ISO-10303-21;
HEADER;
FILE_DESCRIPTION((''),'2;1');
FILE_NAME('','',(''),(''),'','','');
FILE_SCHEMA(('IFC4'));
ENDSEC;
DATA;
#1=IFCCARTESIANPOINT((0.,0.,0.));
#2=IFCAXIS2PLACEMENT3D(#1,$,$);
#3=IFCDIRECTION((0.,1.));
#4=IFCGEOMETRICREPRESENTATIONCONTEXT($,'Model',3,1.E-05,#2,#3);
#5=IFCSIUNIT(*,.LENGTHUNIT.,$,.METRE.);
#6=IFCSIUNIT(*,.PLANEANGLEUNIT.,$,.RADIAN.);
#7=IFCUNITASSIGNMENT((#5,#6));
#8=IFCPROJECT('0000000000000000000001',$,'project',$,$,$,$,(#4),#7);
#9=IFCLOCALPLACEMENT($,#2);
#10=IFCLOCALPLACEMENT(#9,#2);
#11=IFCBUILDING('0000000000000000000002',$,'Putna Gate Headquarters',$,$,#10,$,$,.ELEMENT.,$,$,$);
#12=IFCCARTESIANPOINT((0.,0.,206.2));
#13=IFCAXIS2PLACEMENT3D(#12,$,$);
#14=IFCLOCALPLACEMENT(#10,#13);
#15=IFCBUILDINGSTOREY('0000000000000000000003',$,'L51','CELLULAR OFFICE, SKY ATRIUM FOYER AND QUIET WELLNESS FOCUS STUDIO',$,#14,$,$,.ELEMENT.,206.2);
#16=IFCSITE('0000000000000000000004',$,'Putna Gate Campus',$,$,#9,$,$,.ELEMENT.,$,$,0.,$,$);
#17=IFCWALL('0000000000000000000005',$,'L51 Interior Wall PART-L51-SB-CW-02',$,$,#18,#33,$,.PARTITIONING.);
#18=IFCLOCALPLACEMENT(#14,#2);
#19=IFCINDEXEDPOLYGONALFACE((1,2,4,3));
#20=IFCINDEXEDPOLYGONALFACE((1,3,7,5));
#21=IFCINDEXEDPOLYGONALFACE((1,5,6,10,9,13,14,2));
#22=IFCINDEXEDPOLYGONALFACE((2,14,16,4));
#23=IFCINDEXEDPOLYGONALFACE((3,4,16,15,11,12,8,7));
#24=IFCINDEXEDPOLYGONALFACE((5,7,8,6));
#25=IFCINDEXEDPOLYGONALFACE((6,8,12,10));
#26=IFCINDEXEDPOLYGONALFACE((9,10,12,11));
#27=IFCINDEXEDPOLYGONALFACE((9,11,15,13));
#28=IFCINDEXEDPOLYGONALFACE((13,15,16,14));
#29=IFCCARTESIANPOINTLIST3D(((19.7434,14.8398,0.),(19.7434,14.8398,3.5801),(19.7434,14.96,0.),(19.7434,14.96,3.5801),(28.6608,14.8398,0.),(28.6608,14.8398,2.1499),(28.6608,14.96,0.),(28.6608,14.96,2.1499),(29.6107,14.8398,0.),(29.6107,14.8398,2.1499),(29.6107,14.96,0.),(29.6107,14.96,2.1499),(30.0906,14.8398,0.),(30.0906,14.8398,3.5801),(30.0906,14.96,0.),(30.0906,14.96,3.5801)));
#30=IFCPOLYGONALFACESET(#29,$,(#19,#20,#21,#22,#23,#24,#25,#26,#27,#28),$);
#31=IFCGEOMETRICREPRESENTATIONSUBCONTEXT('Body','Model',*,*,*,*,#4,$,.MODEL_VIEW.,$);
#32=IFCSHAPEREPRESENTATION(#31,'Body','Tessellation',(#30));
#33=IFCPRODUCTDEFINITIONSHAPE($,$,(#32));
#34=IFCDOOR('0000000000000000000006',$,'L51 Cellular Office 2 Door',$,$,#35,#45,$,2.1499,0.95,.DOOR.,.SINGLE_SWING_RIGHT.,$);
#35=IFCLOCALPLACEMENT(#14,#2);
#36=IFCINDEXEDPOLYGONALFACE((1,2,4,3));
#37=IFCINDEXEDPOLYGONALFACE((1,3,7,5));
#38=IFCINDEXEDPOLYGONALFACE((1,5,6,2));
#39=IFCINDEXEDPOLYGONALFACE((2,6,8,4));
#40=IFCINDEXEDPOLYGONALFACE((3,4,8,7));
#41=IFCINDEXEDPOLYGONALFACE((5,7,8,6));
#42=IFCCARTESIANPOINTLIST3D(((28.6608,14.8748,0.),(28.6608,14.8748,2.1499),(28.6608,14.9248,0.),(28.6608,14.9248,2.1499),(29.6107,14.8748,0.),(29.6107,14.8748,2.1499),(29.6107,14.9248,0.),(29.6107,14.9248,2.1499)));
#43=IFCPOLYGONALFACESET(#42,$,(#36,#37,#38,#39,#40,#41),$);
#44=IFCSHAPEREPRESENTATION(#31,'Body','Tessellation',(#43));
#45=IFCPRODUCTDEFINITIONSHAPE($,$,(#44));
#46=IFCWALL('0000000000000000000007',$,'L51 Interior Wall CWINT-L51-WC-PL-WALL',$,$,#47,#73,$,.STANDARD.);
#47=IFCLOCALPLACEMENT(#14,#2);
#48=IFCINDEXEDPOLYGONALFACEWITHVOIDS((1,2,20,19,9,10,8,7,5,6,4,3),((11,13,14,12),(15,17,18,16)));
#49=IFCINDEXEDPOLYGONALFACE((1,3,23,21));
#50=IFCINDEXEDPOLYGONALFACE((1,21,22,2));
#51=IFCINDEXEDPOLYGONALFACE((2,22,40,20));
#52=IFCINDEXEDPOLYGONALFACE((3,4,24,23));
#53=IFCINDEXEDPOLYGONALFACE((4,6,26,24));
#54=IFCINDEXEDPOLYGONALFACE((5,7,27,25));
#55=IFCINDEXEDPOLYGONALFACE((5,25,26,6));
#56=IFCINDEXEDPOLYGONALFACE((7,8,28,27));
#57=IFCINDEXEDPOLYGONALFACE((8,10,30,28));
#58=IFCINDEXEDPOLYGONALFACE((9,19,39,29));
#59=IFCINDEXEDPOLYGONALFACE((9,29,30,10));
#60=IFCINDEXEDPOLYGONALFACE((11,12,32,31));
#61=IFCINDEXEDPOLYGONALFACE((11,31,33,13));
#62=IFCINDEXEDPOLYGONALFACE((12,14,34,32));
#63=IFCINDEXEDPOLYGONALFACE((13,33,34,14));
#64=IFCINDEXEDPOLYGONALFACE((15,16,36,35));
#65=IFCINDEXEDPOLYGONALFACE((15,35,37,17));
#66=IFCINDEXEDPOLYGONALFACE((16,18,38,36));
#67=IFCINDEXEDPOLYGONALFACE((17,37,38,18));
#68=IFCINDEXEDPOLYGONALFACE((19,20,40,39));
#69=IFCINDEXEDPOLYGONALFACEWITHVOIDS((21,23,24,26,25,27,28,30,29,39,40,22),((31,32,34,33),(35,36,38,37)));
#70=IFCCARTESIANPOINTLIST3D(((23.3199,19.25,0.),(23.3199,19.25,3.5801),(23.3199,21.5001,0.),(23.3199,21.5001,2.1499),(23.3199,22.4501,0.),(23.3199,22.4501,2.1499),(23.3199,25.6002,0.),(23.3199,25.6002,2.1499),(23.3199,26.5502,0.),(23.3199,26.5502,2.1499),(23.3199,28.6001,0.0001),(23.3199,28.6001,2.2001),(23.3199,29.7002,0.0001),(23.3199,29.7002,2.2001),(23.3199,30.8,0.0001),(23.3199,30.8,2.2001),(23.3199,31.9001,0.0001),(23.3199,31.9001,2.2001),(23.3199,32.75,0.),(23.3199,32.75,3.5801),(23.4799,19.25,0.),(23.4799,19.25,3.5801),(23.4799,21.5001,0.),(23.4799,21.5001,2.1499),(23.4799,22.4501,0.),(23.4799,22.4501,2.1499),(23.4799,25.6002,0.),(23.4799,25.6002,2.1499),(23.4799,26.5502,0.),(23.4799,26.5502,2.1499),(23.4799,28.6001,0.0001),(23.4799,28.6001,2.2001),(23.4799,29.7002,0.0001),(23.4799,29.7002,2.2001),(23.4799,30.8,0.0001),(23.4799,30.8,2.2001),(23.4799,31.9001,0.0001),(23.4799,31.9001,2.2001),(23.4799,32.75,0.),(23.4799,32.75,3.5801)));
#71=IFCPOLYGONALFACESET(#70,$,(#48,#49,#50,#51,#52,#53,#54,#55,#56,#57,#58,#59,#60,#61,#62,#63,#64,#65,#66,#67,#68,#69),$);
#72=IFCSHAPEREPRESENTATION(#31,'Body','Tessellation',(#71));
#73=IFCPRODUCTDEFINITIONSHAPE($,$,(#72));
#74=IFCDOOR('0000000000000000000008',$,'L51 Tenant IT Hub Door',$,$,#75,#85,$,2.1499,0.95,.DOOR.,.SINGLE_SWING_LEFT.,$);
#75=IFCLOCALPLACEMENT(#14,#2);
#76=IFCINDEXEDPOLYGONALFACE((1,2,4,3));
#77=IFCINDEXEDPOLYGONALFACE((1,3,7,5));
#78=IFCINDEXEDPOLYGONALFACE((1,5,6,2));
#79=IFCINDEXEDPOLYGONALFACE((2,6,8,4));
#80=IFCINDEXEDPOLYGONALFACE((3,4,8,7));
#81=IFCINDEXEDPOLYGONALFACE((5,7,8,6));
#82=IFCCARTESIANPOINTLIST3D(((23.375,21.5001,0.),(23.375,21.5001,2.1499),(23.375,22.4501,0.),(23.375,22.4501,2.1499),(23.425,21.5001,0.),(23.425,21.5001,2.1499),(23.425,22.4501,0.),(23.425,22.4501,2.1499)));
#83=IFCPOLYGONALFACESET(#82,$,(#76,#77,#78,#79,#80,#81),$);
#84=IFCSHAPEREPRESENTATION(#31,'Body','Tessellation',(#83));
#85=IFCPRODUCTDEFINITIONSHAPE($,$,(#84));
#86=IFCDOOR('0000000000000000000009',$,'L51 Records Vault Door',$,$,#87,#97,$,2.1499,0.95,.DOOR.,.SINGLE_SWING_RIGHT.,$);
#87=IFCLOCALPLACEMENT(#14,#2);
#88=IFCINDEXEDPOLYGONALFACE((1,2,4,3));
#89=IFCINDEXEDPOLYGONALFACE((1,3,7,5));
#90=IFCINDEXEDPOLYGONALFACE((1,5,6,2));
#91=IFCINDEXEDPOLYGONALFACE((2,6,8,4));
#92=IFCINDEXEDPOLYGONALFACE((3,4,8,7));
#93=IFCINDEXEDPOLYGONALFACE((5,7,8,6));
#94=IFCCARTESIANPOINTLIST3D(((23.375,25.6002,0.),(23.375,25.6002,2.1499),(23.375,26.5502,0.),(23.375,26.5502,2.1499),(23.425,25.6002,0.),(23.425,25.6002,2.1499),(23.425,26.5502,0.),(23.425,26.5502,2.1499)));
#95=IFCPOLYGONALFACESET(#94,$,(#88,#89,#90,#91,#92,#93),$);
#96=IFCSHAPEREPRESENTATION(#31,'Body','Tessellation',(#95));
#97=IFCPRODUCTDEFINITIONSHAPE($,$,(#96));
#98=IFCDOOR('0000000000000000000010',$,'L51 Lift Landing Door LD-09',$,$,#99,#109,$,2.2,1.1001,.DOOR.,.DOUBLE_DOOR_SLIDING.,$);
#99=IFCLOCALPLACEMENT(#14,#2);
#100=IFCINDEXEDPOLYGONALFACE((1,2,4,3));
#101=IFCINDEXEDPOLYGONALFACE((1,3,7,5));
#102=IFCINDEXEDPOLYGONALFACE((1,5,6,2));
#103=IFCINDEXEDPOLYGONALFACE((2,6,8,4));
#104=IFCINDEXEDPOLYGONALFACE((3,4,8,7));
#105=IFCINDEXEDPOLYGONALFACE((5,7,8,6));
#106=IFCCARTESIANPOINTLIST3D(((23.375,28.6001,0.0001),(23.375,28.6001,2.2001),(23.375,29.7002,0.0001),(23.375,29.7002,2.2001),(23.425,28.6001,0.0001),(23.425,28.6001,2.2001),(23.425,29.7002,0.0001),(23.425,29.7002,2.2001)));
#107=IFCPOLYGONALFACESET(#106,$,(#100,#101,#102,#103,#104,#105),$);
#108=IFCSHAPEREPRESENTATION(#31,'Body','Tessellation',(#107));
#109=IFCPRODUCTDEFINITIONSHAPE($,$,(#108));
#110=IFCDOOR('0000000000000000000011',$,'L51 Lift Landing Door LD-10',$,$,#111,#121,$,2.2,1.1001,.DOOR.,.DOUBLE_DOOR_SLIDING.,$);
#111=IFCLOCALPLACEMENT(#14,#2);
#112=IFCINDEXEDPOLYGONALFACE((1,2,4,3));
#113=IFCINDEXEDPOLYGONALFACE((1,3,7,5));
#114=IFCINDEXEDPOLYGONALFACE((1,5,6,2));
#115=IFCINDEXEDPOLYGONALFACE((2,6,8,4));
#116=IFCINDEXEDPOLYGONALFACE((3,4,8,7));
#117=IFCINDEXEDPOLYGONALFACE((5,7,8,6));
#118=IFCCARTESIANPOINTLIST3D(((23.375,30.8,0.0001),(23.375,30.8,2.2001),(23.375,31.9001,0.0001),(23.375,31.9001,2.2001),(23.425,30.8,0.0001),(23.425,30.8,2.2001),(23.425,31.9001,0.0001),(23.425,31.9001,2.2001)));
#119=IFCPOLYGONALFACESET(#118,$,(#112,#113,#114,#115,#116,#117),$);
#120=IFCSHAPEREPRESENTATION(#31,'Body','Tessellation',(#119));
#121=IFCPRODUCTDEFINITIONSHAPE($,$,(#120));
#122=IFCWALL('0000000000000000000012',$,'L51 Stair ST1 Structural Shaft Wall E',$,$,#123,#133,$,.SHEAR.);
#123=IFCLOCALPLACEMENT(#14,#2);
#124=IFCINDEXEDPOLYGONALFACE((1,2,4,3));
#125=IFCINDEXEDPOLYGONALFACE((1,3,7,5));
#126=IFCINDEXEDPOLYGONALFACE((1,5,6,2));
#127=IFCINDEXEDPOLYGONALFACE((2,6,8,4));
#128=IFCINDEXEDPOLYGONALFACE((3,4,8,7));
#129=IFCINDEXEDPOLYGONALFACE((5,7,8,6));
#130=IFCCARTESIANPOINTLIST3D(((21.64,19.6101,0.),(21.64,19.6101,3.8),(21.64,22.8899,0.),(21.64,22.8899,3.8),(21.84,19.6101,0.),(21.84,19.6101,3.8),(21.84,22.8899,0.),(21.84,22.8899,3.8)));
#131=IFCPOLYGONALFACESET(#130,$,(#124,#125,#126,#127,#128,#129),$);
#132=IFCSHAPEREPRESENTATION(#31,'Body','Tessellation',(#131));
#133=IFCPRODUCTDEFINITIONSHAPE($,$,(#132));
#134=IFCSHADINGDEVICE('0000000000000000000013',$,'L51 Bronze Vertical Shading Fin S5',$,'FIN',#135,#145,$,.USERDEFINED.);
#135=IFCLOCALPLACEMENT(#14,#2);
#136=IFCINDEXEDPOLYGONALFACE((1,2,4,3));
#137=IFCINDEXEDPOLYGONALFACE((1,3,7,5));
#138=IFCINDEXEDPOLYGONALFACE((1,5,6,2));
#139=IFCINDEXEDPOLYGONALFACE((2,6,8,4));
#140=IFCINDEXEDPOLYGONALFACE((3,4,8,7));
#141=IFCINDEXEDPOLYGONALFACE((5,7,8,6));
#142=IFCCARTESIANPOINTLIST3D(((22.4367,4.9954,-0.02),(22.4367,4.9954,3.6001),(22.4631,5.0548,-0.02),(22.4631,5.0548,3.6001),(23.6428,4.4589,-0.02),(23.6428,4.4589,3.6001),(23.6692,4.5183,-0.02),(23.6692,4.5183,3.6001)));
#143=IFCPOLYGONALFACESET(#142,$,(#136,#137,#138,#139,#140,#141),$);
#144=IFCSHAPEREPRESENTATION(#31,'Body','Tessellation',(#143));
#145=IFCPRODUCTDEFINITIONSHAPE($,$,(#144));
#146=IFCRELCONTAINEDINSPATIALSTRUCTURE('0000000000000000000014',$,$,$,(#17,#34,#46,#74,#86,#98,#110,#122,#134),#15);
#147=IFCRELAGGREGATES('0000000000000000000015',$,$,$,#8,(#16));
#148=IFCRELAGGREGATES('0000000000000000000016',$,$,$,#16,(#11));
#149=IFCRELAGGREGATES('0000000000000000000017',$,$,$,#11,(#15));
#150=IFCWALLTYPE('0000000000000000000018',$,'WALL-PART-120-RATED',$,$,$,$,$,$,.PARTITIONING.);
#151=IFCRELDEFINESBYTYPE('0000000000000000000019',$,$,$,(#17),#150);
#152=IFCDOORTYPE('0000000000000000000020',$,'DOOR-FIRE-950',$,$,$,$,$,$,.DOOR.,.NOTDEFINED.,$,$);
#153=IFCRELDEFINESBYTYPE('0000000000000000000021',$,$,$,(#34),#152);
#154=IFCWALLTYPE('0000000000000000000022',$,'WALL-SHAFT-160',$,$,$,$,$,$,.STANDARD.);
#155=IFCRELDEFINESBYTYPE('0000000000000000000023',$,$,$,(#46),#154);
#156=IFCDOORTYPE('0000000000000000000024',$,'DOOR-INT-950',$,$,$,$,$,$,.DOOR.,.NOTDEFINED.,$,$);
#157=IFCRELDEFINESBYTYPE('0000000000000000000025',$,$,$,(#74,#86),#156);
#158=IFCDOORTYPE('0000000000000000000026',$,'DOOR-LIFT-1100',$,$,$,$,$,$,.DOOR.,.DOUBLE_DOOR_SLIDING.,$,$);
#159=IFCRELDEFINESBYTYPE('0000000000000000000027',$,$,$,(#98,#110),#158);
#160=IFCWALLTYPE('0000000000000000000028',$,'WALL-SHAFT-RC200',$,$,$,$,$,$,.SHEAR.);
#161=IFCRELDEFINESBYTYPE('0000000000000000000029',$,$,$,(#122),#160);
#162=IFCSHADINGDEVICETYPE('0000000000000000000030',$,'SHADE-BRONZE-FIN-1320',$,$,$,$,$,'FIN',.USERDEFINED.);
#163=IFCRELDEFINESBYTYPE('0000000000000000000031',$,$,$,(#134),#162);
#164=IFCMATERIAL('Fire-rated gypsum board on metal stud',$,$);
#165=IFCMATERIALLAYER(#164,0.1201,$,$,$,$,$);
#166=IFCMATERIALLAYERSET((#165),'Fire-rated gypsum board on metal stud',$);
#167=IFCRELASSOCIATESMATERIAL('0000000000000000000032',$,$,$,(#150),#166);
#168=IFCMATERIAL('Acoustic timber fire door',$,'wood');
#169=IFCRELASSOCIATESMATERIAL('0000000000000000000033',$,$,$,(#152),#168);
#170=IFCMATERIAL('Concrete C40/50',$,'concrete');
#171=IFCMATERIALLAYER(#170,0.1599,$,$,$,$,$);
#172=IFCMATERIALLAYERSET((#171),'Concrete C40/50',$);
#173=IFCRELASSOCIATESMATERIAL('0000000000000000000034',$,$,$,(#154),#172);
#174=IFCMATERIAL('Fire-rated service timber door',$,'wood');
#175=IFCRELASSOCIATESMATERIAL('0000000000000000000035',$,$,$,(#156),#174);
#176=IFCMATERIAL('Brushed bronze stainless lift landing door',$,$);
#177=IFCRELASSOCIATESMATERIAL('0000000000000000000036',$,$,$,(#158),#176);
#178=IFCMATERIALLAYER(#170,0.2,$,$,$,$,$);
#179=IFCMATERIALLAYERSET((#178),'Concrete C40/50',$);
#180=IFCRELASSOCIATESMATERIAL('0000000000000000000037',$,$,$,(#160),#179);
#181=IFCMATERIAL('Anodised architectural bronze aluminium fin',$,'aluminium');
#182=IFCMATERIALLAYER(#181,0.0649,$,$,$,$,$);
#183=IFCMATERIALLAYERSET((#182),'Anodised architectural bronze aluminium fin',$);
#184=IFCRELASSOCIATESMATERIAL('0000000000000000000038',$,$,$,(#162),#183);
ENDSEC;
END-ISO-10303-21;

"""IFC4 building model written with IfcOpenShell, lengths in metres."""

from ifc_helpers import new_model, si_unit, direction, frame, frame_2d, origin, origin_2d, place, context, subcontext, project, spatial, rectangle, extrude, material, layer, layer_set, type_object, element, fill, save


model = new_model("IFC4")

# Units and contexts
model_context = context("Model", 3, precision=1e-05, world=origin(), true_north=direction((0.0, 1.0)))
body_context = subcontext(model_context, "Body", "Model", "MODEL_VIEW")
ifc_project = project(units=[si_unit("LENGTHUNIT", "METRE"), si_unit("PLANEANGLEUNIT", "RADIAN")], contexts=[model_context])

# Site, building, storey
site_placement = place(None, origin())
site = spatial("IfcSite", under=ifc_project, at=site_placement, Name="Putna Gate Campus", CompositionType="ELEMENT", RefElevation=0.0)
building_placement = place(site_placement, origin())
building = spatial("IfcBuilding", under=site, at=building_placement, Name="Putna Gate Headquarters", CompositionType="ELEMENT")
storey_placement = place(building_placement, frame((0.0, 0.0, 206.2)))
storey = spatial("IfcBuildingStorey", under=building, at=storey_placement, Name="L51", Description="CELLULAR OFFICE, SKY ATRIUM FOYER AND QUIET WELLNESS FOCUS STUDIO", CompositionType="ELEMENT", Elevation=206.2)

# Wall, opening, door
ifc_material_1 = material(Name="Fire-rated gypsum board on metal stud")
ifc_layer_1 = layer(ifc_material_1, 0.1201)
ifc_layer_set_1 = layer_set([ifc_layer_1], Name="Fire-rated gypsum board on metal stud")
wall_type_1 = type_object("IfcWallType", Name="WALL-PART-120-RATED", PredefinedType="PARTITIONING", material=ifc_layer_set_1)
wall_1_placement = place(storey_placement, frame((19.7434, 14.8999, 0.0), z_axis=(0.0, 0.0, 1.0), x_axis=(1.0, 0.0, 0.0)))
wall_1 = element("IfcWall", 1, at=wall_1_placement, inside=storey, type_object=wall_type_1, Name="L51 Interior Wall PART-L51-SB-CW-02", PredefinedType="PARTITIONING", context=body_context, shape_type="SweptSolid", body=[
    extrude(rectangle(XDim=10.3472, YDim=0.1201, at=frame_2d((5.1736, 0.0))), origin(), (0.0, 0.0, 1.0), 3.5801),
])
opening_1_placement = place(wall_1_placement, frame((8.9172, 0.0, 0.0)))
opening_1 = element("IfcOpeningElement", 2, at=opening_1_placement, cuts=wall_1, PredefinedType="OPENING", context=body_context, shape_type="SweptSolid", body=[
    extrude(rectangle(XDim=0.95, YDim=2.1499, at=frame_2d((0.4751, 1.075))), frame((0.0, 0.0701, 0.0), z_axis=(0.0, -1.0, 0.0), x_axis=(1.0, 0.0, 0.0)), (0.0, 0.0, 1.0), 0.1401),
])
ifc_material_2 = material(Name="Acoustic timber fire door", Category="wood")
door_type_1 = type_object("IfcDoorType", Name="DOOR-FIRE-950", OperationType="NOTDEFINED", PredefinedType="DOOR", material=ifc_material_2)
door_1_placement = place(opening_1_placement, origin())
door_1 = element("IfcDoor", 3, at=door_1_placement, inside=storey, type_object=door_type_1, Name="L51 Cellular Office 2 Door", OperationType="SINGLE_SWING_RIGHT", OverallHeight=2.1499, OverallWidth=0.95, PredefinedType="DOOR", context=body_context, shape_type="SweptSolid", body=[
    extrude(rectangle(XDim=0.95, YDim=2.1499, at=frame_2d((0.4751, 1.075))), frame((0.0, 0.0249, 0.0), z_axis=(0.0, -1.0, 0.0), x_axis=(1.0, 0.0, 0.0)), (0.0, 0.0, 1.0), 0.05),
])
fill(opening_1, door_1)

# Wall, openings, doors
ifc_material_3 = material(Name="Concrete C40/50", Category="concrete")
ifc_layer_2 = layer(ifc_material_3, 0.1599)
ifc_layer_set_2 = layer_set([ifc_layer_2], Name="Concrete C40/50")
wall_type_2 = type_object("IfcWallType", Name="WALL-SHAFT-160", PredefinedType="STANDARD", material=ifc_layer_set_2)
wall_2_placement = place(storey_placement, frame((23.3999, 19.25, 0.0), z_axis=(0.0, 0.0, 1.0), x_axis=(0.0, 1.0, 0.0)))
wall_2 = element("IfcWall", 4, at=wall_2_placement, inside=storey, type_object=wall_type_2, Name="L51 Interior Wall CWINT-L51-WC-PL-WALL", PredefinedType="STANDARD", context=body_context, shape_type="SweptSolid", body=[
    extrude(rectangle(XDim=13.5, YDim=0.1599, at=frame_2d((6.75, 0.0))), origin(), (0.0, 0.0, 1.0), 3.5801),
])
opening_2_placement = place(wall_2_placement, frame((2.25, 0.0, 0.0)))
opening_2 = element("IfcOpeningElement", 5, at=opening_2_placement, cuts=wall_2, PredefinedType="OPENING", context=body_context, shape_type="SweptSolid", body=[
    extrude(rectangle(XDim=0.95, YDim=2.1499, at=frame_2d((0.4751, 1.075))), frame((0.0, 0.0898, 0.0), z_axis=(0.0, -1.0, 0.0), x_axis=(1.0, 0.0, 0.0)), (0.0, 0.0, 1.0), 0.1799),
])
opening_3_placement = place(wall_2_placement, frame((6.3501, 0.0, 0.0)))
opening_3 = element("IfcOpeningElement", 6, at=opening_3_placement, cuts=wall_2, PredefinedType="OPENING", context=body_context, shape_type="SweptSolid", body=[
    extrude(rectangle(XDim=0.95, YDim=2.1499, at=frame_2d((0.4751, 1.075))), frame((0.0, 0.0898, 0.0), z_axis=(0.0, -1.0, 0.0), x_axis=(1.0, 0.0, 0.0)), (0.0, 0.0, 1.0), 0.1799),
])
opening_4_placement = place(wall_2_placement, frame((9.3501, 0.0, 0.0)))
opening_4 = element("IfcOpeningElement", 7, at=opening_4_placement, cuts=wall_2, PredefinedType="OPENING", context=body_context, shape_type="SweptSolid", body=[
    extrude(rectangle(XDim=1.1001, YDim=2.2, at=frame_2d((0.55, 1.1001))), frame((0.0, 0.0898, 0.0), z_axis=(0.0, -1.0, 0.0), x_axis=(1.0, 0.0, 0.0)), (0.0, 0.0, 1.0), 0.1799),
])
opening_5_placement = place(wall_2_placement, frame((11.55, 0.0, 0.0)))
opening_5 = element("IfcOpeningElement", 8, at=opening_5_placement, cuts=wall_2, PredefinedType="OPENING", context=body_context, shape_type="SweptSolid", body=[
    extrude(rectangle(XDim=1.1001, YDim=2.2, at=frame_2d((0.55, 1.1001))), frame((0.0, 0.0898, 0.0), z_axis=(0.0, -1.0, 0.0), x_axis=(1.0, 0.0, 0.0)), (0.0, 0.0, 1.0), 0.1799),
])
ifc_material_4 = material(Name="Fire-rated service timber door", Category="wood")
door_type_2 = type_object("IfcDoorType", Name="DOOR-INT-950", OperationType="NOTDEFINED", PredefinedType="DOOR", material=ifc_material_4)
door_2_placement = place(opening_2_placement, origin())
door_2 = element("IfcDoor", 9, at=door_2_placement, inside=storey, type_object=door_type_2, Name="L51 Tenant IT Hub Door", OperationType="SINGLE_SWING_LEFT", OverallHeight=2.1499, OverallWidth=0.95, PredefinedType="DOOR", context=body_context, shape_type="SweptSolid", body=[
    extrude(rectangle(XDim=0.95, YDim=2.1499, at=frame_2d((0.4751, 1.075))), frame((0.0, 0.0249, 0.0), z_axis=(0.0, -1.0, 0.0), x_axis=(1.0, 0.0, 0.0)), (0.0, 0.0, 1.0), 0.05),
])
fill(opening_2, door_2)
door_3_placement = place(opening_3_placement, origin())
door_3 = element("IfcDoor", 10, at=door_3_placement, inside=storey, type_object=door_type_2, Name="L51 Records Vault Door", OperationType="SINGLE_SWING_RIGHT", OverallHeight=2.1499, OverallWidth=0.95, PredefinedType="DOOR", context=body_context, shape_type="SweptSolid", body=[
    extrude(rectangle(XDim=0.95, YDim=2.1499, at=frame_2d((0.4751, 1.075))), frame((0.0, 0.0249, 0.0), z_axis=(0.0, -1.0, 0.0), x_axis=(1.0, 0.0, 0.0)), (0.0, 0.0, 1.0), 0.05),
])
fill(opening_3, door_3)
ifc_material_5 = material(Name="Brushed bronze stainless lift landing door")
door_type_3 = type_object("IfcDoorType", Name="DOOR-LIFT-1100", OperationType="DOUBLE_DOOR_SLIDING", PredefinedType="DOOR", material=ifc_material_5)
door_4_placement = place(opening_4_placement, origin())
door_4 = element("IfcDoor", 11, at=door_4_placement, inside=storey, type_object=door_type_3, Name="L51 Lift Landing Door LD-09", OperationType="DOUBLE_DOOR_SLIDING", OverallHeight=2.2, OverallWidth=1.1001, PredefinedType="DOOR", context=body_context, shape_type="SweptSolid", body=[
    extrude(rectangle(XDim=1.1001, YDim=2.2, at=frame_2d((0.55, 1.1001))), frame((0.0, 0.0249, 0.0), z_axis=(0.0, -1.0, 0.0), x_axis=(1.0, 0.0, 0.0)), (0.0, 0.0, 1.0), 0.05),
])
fill(opening_4, door_4)
door_5_placement = place(opening_5_placement, origin())
door_5 = element("IfcDoor", 12, at=door_5_placement, inside=storey, type_object=door_type_3, Name="L51 Lift Landing Door LD-10", OperationType="DOUBLE_DOOR_SLIDING", OverallHeight=2.2, OverallWidth=1.1001, PredefinedType="DOOR", context=body_context, shape_type="SweptSolid", body=[
    extrude(rectangle(XDim=1.1001, YDim=2.2, at=frame_2d((0.55, 1.1001))), frame((0.0, 0.0249, 0.0), z_axis=(0.0, -1.0, 0.0), x_axis=(1.0, 0.0, 0.0)), (0.0, 0.0, 1.0), 0.05),
])
fill(opening_5, door_5)

# Wall
ifc_layer_3 = layer(ifc_material_3, 0.2)
ifc_layer_set_3 = layer_set([ifc_layer_3], Name="Concrete C40/50")
wall_type_3 = type_object("IfcWallType", Name="WALL-SHAFT-RC200", PredefinedType="SHEAR", material=ifc_layer_set_3)
wall_3_placement = place(storey_placement, frame((21.74, 19.6101, 0.0), z_axis=(0.0, 0.0, 1.0), x_axis=(0.0, 1.0, 0.0)))
element("IfcWall", 13, at=wall_3_placement, inside=storey, type_object=wall_type_3, Name="L51 Stair ST1 Structural Shaft Wall E", PredefinedType="SHEAR", context=body_context, shape_type="SweptSolid", body=[
    extrude(rectangle(XDim=3.2798, YDim=0.2, at=frame_2d((1.6399, 0.0))), origin(), (0.0, 0.0, 1.0), 3.8),
])

# Shading device
ifc_material_6 = material(Name="Anodised architectural bronze aluminium fin", Category="aluminium")
ifc_layer_4 = layer(ifc_material_6, 0.0649)
ifc_layer_set_4 = layer_set([ifc_layer_4], Name="Anodised architectural bronze aluminium fin")
shading_device_type = type_object("IfcShadingDeviceType", Name="SHADE-BRONZE-FIN-1320", ElementType="FIN", PredefinedType="USERDEFINED", material=ifc_layer_set_4)
shading_device_placement = place(storey_placement, frame((23.053, 4.7568, -0.02), z_axis=(0.0, 0.0, 1.0), x_axis=(0.913687, -0.406418, 0.0)))
element("IfcShadingDevice", 14, at=shading_device_placement, inside=storey, type_object=shading_device_type, Name="L51 Bronze Vertical Shading Fin S5", ObjectType="FIN", PredefinedType="USERDEFINED", context=body_context, shape_type="SweptSolid", body=[
    extrude(rectangle(XDim=1.3201, YDim=0.0649, at=origin_2d()), origin(), (0.0, 0.0, 1.0), 3.6201),
])

save(model, "model.ifc")
